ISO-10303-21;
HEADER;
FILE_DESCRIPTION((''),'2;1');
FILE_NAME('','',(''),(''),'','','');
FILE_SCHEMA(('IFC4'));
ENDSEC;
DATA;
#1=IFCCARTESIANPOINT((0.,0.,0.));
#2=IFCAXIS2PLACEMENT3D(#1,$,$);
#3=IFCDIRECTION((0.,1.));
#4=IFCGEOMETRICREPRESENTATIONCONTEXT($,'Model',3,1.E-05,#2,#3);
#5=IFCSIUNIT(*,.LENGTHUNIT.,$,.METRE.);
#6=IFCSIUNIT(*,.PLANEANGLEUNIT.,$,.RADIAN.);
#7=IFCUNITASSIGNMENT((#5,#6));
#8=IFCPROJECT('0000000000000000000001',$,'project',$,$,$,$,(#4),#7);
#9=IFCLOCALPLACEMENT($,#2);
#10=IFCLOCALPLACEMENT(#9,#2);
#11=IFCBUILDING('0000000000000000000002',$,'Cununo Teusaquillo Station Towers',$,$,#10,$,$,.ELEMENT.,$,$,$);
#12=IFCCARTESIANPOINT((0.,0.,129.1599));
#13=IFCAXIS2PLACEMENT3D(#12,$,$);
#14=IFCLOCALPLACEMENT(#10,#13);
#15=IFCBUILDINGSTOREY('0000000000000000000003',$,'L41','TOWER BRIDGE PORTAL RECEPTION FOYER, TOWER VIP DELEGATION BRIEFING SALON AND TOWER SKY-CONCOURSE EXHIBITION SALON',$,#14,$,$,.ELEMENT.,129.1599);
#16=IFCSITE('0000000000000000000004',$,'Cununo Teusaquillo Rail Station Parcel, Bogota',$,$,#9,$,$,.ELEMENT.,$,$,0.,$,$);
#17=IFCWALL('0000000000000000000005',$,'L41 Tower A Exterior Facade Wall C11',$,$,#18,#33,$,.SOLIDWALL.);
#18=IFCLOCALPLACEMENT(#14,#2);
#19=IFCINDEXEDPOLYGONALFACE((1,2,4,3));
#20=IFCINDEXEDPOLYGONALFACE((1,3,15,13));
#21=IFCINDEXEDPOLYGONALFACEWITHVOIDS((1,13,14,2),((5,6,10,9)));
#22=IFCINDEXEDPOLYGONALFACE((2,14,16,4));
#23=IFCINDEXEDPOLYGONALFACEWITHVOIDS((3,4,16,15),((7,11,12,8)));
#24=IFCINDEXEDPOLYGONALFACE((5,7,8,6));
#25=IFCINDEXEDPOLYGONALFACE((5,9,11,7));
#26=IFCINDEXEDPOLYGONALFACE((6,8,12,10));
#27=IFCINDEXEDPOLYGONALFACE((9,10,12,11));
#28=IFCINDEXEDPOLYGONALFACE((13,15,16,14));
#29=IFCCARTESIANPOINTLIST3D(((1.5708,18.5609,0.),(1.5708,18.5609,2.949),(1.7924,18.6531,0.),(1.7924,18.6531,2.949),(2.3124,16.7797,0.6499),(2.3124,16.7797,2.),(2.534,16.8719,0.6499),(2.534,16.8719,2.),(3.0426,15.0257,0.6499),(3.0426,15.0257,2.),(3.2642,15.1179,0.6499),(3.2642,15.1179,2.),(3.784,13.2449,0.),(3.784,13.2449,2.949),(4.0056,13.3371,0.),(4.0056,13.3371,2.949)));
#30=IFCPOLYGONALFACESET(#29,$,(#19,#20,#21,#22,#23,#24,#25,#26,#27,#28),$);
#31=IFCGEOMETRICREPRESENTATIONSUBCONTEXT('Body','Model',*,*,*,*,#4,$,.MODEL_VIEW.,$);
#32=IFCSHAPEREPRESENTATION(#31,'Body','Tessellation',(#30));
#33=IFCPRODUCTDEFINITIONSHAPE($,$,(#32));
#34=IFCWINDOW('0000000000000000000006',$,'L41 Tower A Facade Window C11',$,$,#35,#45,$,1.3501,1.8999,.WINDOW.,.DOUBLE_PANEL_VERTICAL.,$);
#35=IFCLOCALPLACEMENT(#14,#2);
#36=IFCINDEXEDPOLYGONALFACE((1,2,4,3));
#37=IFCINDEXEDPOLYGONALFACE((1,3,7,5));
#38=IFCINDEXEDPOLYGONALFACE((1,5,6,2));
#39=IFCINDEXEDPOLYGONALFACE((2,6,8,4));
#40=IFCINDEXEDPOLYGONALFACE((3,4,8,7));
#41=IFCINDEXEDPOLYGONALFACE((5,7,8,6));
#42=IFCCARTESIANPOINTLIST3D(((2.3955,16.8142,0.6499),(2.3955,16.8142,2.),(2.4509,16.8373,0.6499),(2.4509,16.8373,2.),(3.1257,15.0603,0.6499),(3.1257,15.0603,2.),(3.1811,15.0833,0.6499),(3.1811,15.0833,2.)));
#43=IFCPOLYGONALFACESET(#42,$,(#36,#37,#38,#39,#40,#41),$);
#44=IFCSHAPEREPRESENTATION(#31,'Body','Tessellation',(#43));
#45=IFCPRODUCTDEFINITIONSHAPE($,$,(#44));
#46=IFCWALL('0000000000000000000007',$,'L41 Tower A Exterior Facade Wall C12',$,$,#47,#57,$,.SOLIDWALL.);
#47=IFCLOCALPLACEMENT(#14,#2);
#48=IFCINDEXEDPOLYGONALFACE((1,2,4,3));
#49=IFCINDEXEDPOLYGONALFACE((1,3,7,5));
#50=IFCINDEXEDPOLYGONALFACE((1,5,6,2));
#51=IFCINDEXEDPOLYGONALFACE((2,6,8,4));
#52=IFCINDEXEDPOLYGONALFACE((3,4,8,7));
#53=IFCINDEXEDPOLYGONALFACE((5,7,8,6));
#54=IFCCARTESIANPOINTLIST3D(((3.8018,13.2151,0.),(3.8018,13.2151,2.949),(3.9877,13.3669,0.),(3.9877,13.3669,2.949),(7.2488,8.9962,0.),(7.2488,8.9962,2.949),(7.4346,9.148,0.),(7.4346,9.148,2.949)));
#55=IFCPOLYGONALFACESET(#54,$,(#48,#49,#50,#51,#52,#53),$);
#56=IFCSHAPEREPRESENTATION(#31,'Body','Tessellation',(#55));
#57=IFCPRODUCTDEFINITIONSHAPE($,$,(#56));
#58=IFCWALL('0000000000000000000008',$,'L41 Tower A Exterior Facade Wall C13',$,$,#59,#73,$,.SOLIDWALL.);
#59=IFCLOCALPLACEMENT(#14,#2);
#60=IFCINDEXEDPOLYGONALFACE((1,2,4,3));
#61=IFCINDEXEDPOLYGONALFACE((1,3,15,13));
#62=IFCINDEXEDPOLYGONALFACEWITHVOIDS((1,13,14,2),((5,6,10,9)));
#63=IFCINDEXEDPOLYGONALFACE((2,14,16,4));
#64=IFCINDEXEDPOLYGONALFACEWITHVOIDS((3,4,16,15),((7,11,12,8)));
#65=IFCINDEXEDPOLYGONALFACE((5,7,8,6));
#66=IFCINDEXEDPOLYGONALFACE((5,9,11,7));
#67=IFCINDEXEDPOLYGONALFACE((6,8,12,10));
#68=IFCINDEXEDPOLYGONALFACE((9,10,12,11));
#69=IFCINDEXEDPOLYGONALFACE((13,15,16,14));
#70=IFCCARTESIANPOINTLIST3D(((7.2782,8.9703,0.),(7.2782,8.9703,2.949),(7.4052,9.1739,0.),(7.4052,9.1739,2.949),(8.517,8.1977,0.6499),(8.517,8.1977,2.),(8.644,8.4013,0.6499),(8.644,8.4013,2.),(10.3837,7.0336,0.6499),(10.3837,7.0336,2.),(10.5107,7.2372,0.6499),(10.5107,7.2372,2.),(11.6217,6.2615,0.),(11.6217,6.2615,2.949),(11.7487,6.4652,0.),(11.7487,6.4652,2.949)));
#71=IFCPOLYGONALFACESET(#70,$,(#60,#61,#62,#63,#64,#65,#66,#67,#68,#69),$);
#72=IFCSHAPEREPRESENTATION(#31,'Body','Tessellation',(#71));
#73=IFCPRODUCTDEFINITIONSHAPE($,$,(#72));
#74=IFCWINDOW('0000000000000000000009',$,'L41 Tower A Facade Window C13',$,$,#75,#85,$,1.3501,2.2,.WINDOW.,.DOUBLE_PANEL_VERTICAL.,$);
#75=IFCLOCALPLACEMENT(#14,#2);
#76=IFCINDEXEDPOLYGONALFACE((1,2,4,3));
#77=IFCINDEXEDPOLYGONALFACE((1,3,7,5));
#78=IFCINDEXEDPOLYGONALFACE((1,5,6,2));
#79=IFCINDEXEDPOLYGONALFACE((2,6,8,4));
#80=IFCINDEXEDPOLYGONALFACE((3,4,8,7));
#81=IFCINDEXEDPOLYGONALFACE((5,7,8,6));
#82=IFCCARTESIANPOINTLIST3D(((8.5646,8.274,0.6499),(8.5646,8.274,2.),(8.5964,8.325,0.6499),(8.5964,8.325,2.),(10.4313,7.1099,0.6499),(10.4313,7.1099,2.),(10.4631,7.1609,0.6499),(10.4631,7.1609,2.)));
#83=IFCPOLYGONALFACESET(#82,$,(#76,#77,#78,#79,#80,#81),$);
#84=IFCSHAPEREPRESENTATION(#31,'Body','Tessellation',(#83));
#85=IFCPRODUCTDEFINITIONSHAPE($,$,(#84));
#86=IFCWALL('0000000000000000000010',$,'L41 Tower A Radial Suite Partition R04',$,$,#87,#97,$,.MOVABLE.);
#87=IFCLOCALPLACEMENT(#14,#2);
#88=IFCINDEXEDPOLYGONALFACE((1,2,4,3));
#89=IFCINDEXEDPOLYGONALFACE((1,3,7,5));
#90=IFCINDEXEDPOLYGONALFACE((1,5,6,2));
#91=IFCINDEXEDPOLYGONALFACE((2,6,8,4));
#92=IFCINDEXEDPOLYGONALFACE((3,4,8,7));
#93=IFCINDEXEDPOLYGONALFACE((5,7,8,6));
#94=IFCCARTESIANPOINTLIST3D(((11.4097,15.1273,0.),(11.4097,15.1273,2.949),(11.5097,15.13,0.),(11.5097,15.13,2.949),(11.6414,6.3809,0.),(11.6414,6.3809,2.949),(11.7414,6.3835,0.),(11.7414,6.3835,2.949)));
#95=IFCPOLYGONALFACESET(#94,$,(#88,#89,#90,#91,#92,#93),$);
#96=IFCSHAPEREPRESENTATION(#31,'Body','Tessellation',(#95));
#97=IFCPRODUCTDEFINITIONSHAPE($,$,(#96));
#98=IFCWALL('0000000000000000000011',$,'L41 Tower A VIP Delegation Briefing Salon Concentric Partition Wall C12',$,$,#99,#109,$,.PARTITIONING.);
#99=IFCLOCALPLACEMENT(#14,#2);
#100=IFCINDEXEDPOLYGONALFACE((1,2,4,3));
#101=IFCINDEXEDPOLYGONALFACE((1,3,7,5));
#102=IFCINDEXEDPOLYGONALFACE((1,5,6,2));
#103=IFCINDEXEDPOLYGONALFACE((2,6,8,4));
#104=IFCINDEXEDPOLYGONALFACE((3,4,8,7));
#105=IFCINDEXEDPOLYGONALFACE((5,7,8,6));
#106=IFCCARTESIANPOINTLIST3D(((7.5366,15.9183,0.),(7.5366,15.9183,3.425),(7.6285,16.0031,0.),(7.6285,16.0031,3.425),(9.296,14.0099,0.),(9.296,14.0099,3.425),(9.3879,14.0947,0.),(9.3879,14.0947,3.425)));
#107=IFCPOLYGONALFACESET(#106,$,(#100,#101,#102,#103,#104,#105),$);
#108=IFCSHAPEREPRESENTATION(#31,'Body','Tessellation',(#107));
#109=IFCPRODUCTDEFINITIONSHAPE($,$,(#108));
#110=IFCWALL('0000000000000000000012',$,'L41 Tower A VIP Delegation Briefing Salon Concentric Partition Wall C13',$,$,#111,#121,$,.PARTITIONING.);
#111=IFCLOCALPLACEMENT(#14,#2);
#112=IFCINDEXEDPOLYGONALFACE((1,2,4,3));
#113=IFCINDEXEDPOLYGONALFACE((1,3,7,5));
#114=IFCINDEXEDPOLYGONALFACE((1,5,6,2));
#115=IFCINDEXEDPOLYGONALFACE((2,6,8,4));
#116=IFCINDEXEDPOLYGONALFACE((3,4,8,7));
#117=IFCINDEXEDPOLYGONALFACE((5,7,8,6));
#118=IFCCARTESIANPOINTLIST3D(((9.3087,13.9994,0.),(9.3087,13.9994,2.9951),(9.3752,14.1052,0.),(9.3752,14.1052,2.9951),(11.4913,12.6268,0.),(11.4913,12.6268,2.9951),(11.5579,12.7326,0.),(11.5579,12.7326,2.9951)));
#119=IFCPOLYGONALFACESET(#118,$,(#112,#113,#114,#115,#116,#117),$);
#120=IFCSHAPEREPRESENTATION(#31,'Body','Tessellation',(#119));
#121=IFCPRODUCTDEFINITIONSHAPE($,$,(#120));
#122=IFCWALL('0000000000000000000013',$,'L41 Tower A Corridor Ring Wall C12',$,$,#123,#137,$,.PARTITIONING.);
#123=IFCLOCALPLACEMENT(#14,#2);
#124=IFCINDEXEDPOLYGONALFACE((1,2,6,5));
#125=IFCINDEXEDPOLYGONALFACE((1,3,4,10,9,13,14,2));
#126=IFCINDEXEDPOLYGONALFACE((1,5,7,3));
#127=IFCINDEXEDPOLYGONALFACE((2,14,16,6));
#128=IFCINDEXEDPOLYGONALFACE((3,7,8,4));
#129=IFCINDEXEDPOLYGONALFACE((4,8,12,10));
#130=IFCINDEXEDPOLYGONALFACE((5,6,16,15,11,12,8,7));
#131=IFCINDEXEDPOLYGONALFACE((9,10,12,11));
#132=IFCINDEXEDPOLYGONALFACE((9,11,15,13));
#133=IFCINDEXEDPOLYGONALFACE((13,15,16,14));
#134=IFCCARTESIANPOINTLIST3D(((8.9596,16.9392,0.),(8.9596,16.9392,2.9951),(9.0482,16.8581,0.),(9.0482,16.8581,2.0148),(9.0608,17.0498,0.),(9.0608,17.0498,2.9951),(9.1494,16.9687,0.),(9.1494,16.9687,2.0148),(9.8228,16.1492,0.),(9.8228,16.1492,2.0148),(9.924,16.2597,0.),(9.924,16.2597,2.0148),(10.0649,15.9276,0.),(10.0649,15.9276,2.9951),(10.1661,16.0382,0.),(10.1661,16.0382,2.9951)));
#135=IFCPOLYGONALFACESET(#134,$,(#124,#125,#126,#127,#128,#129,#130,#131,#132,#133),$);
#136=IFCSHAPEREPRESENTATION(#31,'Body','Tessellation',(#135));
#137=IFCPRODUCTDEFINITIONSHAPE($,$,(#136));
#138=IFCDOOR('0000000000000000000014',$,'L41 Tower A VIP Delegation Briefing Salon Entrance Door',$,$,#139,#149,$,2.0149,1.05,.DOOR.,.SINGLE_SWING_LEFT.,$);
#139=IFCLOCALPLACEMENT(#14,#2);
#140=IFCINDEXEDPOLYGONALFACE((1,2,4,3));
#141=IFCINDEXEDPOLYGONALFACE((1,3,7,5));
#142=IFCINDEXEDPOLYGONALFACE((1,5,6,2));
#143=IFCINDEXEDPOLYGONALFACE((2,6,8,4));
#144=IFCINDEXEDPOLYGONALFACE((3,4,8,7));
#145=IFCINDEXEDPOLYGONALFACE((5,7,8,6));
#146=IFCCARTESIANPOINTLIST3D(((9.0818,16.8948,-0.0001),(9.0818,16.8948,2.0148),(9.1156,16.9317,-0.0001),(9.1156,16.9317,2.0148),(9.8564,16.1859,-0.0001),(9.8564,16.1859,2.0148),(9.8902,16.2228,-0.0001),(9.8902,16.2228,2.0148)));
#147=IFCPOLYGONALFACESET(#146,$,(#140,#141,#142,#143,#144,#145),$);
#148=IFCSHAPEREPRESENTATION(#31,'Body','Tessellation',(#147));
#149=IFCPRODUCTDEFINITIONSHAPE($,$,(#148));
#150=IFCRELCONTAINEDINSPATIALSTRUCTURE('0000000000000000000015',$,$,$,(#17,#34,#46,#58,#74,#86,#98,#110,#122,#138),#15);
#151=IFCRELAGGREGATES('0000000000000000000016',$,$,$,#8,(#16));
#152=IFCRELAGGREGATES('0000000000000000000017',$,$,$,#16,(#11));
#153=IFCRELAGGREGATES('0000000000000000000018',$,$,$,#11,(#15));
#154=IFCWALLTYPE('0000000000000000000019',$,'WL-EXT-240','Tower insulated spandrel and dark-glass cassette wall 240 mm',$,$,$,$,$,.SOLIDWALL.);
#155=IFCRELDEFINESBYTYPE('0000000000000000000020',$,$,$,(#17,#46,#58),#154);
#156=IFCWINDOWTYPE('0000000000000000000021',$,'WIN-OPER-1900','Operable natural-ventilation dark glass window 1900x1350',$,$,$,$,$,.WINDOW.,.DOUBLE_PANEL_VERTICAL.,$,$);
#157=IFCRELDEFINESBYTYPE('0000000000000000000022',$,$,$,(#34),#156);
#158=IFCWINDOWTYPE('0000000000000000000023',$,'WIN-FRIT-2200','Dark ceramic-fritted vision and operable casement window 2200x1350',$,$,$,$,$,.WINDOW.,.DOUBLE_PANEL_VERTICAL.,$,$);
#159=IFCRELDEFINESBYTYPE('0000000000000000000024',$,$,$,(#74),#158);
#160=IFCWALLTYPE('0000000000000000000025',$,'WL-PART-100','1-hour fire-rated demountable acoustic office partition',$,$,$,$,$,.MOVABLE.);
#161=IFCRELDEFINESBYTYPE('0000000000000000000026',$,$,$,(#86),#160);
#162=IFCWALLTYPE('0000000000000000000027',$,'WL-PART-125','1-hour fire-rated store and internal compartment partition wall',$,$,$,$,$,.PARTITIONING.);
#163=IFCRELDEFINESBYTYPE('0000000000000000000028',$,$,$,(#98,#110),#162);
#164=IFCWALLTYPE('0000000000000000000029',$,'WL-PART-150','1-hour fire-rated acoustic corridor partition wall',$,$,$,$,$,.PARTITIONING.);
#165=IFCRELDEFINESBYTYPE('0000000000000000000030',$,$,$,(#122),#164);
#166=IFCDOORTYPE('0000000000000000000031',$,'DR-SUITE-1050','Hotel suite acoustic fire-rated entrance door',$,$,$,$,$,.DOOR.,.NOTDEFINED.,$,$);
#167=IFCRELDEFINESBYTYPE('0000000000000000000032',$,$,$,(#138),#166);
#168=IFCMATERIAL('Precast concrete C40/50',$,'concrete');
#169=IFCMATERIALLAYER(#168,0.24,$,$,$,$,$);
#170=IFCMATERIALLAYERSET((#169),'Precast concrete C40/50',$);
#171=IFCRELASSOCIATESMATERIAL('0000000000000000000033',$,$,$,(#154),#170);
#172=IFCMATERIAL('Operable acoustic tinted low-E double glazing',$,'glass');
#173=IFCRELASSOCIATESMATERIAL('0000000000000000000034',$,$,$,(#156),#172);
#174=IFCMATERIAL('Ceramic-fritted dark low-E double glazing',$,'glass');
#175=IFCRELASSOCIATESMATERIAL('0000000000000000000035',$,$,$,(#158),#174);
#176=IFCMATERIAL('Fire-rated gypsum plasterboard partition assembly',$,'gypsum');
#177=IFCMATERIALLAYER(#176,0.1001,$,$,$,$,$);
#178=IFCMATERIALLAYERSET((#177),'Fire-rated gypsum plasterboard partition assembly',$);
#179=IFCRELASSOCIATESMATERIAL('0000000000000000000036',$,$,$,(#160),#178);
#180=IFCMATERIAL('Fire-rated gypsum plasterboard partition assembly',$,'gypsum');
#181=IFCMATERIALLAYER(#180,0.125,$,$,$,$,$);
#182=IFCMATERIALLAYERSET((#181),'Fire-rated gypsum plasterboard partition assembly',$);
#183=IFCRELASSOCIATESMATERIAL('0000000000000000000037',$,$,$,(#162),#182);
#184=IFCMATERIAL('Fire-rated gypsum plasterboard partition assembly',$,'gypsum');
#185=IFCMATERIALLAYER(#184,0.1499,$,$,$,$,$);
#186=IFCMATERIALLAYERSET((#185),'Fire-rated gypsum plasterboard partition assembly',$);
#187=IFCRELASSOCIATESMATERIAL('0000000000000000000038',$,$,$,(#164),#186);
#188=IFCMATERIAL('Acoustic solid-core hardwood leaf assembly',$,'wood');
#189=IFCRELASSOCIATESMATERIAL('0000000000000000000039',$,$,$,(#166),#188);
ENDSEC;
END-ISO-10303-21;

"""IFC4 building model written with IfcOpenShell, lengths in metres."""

from ifc_helpers import new_model, si_unit, direction, frame, frame_2d, origin, place, context, subcontext, project, spatial, rectangle, extrude, source, transform, mapped, material, layer, layer_set, type_object, element, fill, save


model = new_model("IFC4")

# Units and contexts
model_context = context("Model", 3, precision=1e-05, world=origin(), true_north=direction((0.0, 1.0)))
body_context = subcontext(model_context, "Body", "Model", "MODEL_VIEW")
ifc_project = project(units=[si_unit("LENGTHUNIT", "METRE"), si_unit("PLANEANGLEUNIT", "RADIAN")], contexts=[model_context])

# Site, building, storey
site_placement = place(None, origin())
site = spatial("IfcSite", under=ifc_project, at=site_placement, Name="Cununo Teusaquillo Rail Station Parcel, Bogota", CompositionType="ELEMENT", RefElevation=0.0)
building_placement = place(site_placement, origin())
building = spatial("IfcBuilding", under=site, at=building_placement, Name="Cununo Teusaquillo Station Towers", CompositionType="ELEMENT")
storey_placement = place(building_placement, frame((0.0, 0.0, 129.1599)))
storey = spatial("IfcBuildingStorey", under=building, at=storey_placement, Name="L41", Description="TOWER BRIDGE PORTAL RECEPTION FOYER, TOWER VIP DELEGATION BRIEFING SALON AND TOWER SKY-CONCOURSE EXHIBITION SALON", CompositionType="ELEMENT", Elevation=129.1599)

# Wall, opening, window
ifc_material_1 = material(Name="Precast concrete C40/50", Category="concrete")
ifc_layer_1 = layer(ifc_material_1, 0.24)
ifc_layer_set_1 = layer_set([ifc_layer_1], Name="Precast concrete C40/50")
wall_type_1 = type_object("IfcWallType", Name="WL-EXT-240", Description="Tower insulated spandrel and dark-glass cassette wall 240 mm", PredefinedType="SOLIDWALL", material=ifc_layer_set_1)
wall_1_placement = place(storey_placement, frame((3.8948, 13.291, 0.0), z_axis=(0.0, 0.0, 1.0), x_axis=(-0.384344, 0.92319, 0.0)))
wall_1 = element("IfcWall", 1, at=wall_1_placement, inside=storey, type_object=wall_type_1, Name="L41 Tower A Exterior Facade Wall C11", PredefinedType="SOLIDWALL", context=body_context, shape_type="SweptSolid", body=[
    extrude(rectangle(XDim=5.7583, YDim=0.24, at=frame_2d((2.8792, 0.0))), origin(), (0.0, 0.0, 1.0), 2.949),
])
shared_shape_1 = source(origin(), body_context, "Body", "SweptSolid", [
    extrude(rectangle(XDim=1.8999, YDim=1.3501, at=frame_2d((0.95, 0.675))), frame((0.0, 0.1299, 0.0), z_axis=(0.0, -1.0, 0.0), x_axis=(1.0, 0.0, 0.0)), (0.0, 0.0, 1.0), 0.26),
])
opening_1_placement = place(wall_1_placement, frame((1.929, 0.0, 0.6499)))
opening_1 = element("IfcOpeningElement", 2, at=opening_1_placement, cuts=wall_1, PredefinedType="OPENING", context=body_context, shape_type="MappedRepresentation", body=[
    mapped(shared_shape_1, transform((0.0, 0.0, 0.0), x_axis=(1.0, 0.0, 0.0), y_axis=(0.0, 1.0, 0.0), z_axis=(0.0, 0.0, 1.0), scale=1.0)),
])
ifc_material_2 = material(Name="Operable acoustic tinted low-E double glazing", Category="glass")
window_type_1 = type_object("IfcWindowType", Name="WIN-OPER-1900", Description="Operable natural-ventilation dark glass window 1900x1350", PartitioningType="DOUBLE_PANEL_VERTICAL", PredefinedType="WINDOW", material=ifc_material_2)
shared_shape_2 = source(origin(), body_context, "Body", "SweptSolid", [
    extrude(rectangle(XDim=1.8999, YDim=1.3501, at=frame_2d((0.95, 0.675))), frame((0.0, 0.03, 0.0), z_axis=(0.0, -1.0, 0.0), x_axis=(1.0, 0.0, 0.0)), (0.0, 0.0, 1.0), 0.0601),
])
window_1_placement = place(opening_1_placement, origin())
window_1 = element("IfcWindow", 3, at=window_1_placement, inside=storey, type_object=window_type_1, Name="L41 Tower A Facade Window C11", OverallHeight=1.3501, OverallWidth=1.8999, PartitioningType="DOUBLE_PANEL_VERTICAL", PredefinedType="WINDOW", context=body_context, shape_type="MappedRepresentation", body=[
    mapped(shared_shape_2, transform((0.0, 0.0, 0.0), x_axis=(1.0, 0.0, 0.0), y_axis=(0.0, 1.0, 0.0), z_axis=(0.0, 0.0, 1.0), scale=1.0)),
])
fill(opening_1, window_1)

# Wall
wall_2_placement = place(storey_placement, frame((7.3418, 9.072, 0.0), z_axis=(0.0, 0.0, 1.0), x_axis=(-0.632701, 0.774396, 0.0)))
element("IfcWall", 4, at=wall_2_placement, inside=storey, type_object=wall_type_1, Name="L41 Tower A Exterior Facade Wall C12", PredefinedType="SOLIDWALL", context=body_context, shape_type="SweptSolid", body=[
    extrude(rectangle(XDim=5.448, YDim=0.24, at=frame_2d((2.7241, 0.0))), origin(), (0.0, 0.0, 1.0), 2.949),
])

# Wall, opening, window
wall_3_placement = place(storey_placement, frame((11.6853, 6.3633, 0.0), z_axis=(0.0, 0.0, 1.0), x_axis=(-0.84852, 0.529163, 0.0)))
wall_3 = element("IfcWall", 5, at=wall_3_placement, inside=storey, type_object=wall_type_1, Name="L41 Tower A Exterior Facade Wall C13", PredefinedType="SOLIDWALL", context=body_context, shape_type="SweptSolid", body=[
    extrude(rectangle(XDim=5.1189, YDim=0.24, at=frame_2d((2.5596, 0.0))), origin(), (0.0, 0.0, 1.0), 2.949),
])
shared_shape_3 = source(origin(), body_context, "Body", "SweptSolid", [
    extrude(rectangle(XDim=2.2, YDim=1.3501, at=frame_2d((1.1001, 0.675))), frame((0.0, 0.1299, 0.0), z_axis=(0.0, -1.0, 0.0), x_axis=(1.0, 0.0, 0.0)), (0.0, 0.0, 1.0), 0.26),
])
opening_2_placement = place(wall_3_placement, frame((1.459, 0.0, 0.6499)))
opening_2 = element("IfcOpeningElement", 6, at=opening_2_placement, cuts=wall_3, PredefinedType="OPENING", context=body_context, shape_type="MappedRepresentation", body=[
    mapped(shared_shape_3, transform((0.0, 0.0, 0.0), x_axis=(1.0, 0.0, 0.0), y_axis=(0.0, 1.0, 0.0), z_axis=(0.0, 0.0, 1.0), scale=1.0)),
])
ifc_material_3 = material(Name="Ceramic-fritted dark low-E double glazing", Category="glass")
window_type_2 = type_object("IfcWindowType", Name="WIN-FRIT-2200", Description="Dark ceramic-fritted vision and operable casement window 2200x1350", PartitioningType="DOUBLE_PANEL_VERTICAL", PredefinedType="WINDOW", material=ifc_material_3)
shared_shape_4 = source(origin(), body_context, "Body", "SweptSolid", [
    extrude(rectangle(XDim=2.2, YDim=1.3501, at=frame_2d((1.1001, 0.675))), frame((0.0, 0.03, 0.0), z_axis=(0.0, -1.0, 0.0), x_axis=(1.0, 0.0, 0.0)), (0.0, 0.0, 1.0), 0.0601),
])
window_2_placement = place(opening_2_placement, origin())
window_2 = element("IfcWindow", 7, at=window_2_placement, inside=storey, type_object=window_type_2, Name="L41 Tower A Facade Window C13", OverallHeight=1.3501, OverallWidth=2.2, PartitioningType="DOUBLE_PANEL_VERTICAL", PredefinedType="WINDOW", context=body_context, shape_type="MappedRepresentation", body=[
    mapped(shared_shape_4, transform((0.0, 0.0, 0.0), x_axis=(1.0, 0.0, 0.0), y_axis=(0.0, 1.0, 0.0), z_axis=(0.0, 0.0, 1.0), scale=1.0)),
])
fill(opening_2, window_2)

# Walls
ifc_material_4 = material(Name="Fire-rated gypsum plasterboard partition assembly", Category="gypsum")
ifc_layer_2 = layer(ifc_material_4, 0.1001)
ifc_layer_set_2 = layer_set([ifc_layer_2], Name="Fire-rated gypsum plasterboard partition assembly")
wall_type_2 = type_object("IfcWallType", Name="WL-PART-100", Description="1-hour fire-rated demountable acoustic office partition", PredefinedType="MOVABLE", material=ifc_layer_set_2)
wall_4_placement = place(storey_placement, frame((11.4597, 15.1287, 0.0), z_axis=(0.0, 0.0, 1.0), x_axis=(0.026481, -0.999649, 0.0)))
element("IfcWall", 8, at=wall_4_placement, inside=storey, type_object=wall_type_2, Name="L41 Tower A Radial Suite Partition R04", PredefinedType="MOVABLE", context=body_context, shape_type="SweptSolid", body=[
    extrude(rectangle(XDim=8.7495, YDim=0.1001, at=frame_2d((4.3748, 0.0))), origin(), (0.0, 0.0, 1.0), 2.949),
])
ifc_material_5 = material(Name="Fire-rated gypsum plasterboard partition assembly", Category="gypsum")
ifc_layer_3 = layer(ifc_material_5, 0.125)
ifc_layer_set_3 = layer_set([ifc_layer_3], Name="Fire-rated gypsum plasterboard partition assembly")
wall_type_3 = type_object("IfcWallType", Name="WL-PART-125", Description="1-hour fire-rated store and internal compartment partition wall", PredefinedType="PARTITIONING", material=ifc_layer_set_3)
wall_5_placement = place(storey_placement, frame((7.5825, 15.9607, 0.0), z_axis=(0.0, 0.0, 1.0), x_axis=(0.677839, -0.735211, 0.0)))
element("IfcWall", 9, at=wall_5_placement, inside=storey, type_object=wall_type_3, Name="L41 Tower A VIP Delegation Briefing Salon Concentric Partition Wall C12", PredefinedType="PARTITIONING", context=body_context, shape_type="SweptSolid", body=[
    extrude(rectangle(XDim=2.5957, YDim=0.125, at=frame_2d((1.2979, 0.0))), origin(), (0.0, 0.0, 1.0), 3.425),
])
wall_6_placement = place(storey_placement, frame((9.342, 14.0522, 0.0), z_axis=(0.0, 0.0, 1.0), x_axis=(0.846527, -0.532346, 0.0)))
element("IfcWall", 10, at=wall_6_placement, inside=storey, type_object=wall_type_3, Name="L41 Tower A VIP Delegation Briefing Salon Concentric Partition Wall C13", PredefinedType="PARTITIONING", context=body_context, shape_type="SweptSolid", body=[
    extrude(rectangle(XDim=2.5784, YDim=0.125, at=frame_2d((1.2891, 0.0))), origin(), (0.0, 0.0, 1.0), 2.9951),
])

# Wall, opening, door
ifc_material_6 = material(Name="Fire-rated gypsum plasterboard partition assembly", Category="gypsum")
ifc_layer_4 = layer(ifc_material_6, 0.1499)
ifc_layer_set_4 = layer_set([ifc_layer_4], Name="Fire-rated gypsum plasterboard partition assembly")
wall_type_4 = type_object("IfcWallType", Name="WL-PART-150", Description="1-hour fire-rated acoustic corridor partition wall", PredefinedType="PARTITIONING", material=ifc_layer_set_4)
wall_7_placement = place(storey_placement, frame((9.0103, 16.9944, 0.0), z_axis=(0.0, 0.0, 1.0), x_axis=(0.737702, -0.675127, 0.0)))
wall_7 = element("IfcWall", 11, at=wall_7_placement, inside=storey, type_object=wall_type_4, Name="L41 Tower A Corridor Ring Wall C12", PredefinedType="PARTITIONING", context=body_context, shape_type="SweptSolid", body=[
    extrude(rectangle(XDim=1.4983, YDim=0.1499, at=frame_2d((0.749, 0.0))), origin(), (0.0, 0.0, 1.0), 2.9951),
])
shared_shape_5 = source(origin(), body_context, "Body", "SweptSolid", [
    extrude(rectangle(XDim=1.05, YDim=2.0149, at=frame_2d((0.5249, 1.0073))), frame((0.0, 0.085, 0.0), z_axis=(0.0, -1.0, 0.0), x_axis=(1.0, 0.0, 0.0)), (0.0, 0.0, 1.0), 0.1699),
])
opening_3_placement = place(wall_7_placement, frame((0.1201, 0.0, 0.0)))
opening_3 = element("IfcOpeningElement", 12, at=opening_3_placement, cuts=wall_7, PredefinedType="OPENING", context=body_context, shape_type="MappedRepresentation", body=[
    mapped(shared_shape_5, transform((0.0, 0.0, 0.0), x_axis=(1.0, 0.0, 0.0), y_axis=(0.0, 1.0, 0.0), z_axis=(0.0, 0.0, 1.0), scale=1.0)),
])
ifc_material_7 = material(Name="Acoustic solid-core hardwood leaf assembly", Category="wood")
door_type = type_object("IfcDoorType", Name="DR-SUITE-1050", Description="Hotel suite acoustic fire-rated entrance door", OperationType="NOTDEFINED", PredefinedType="DOOR", material=ifc_material_7)
shared_shape_6 = source(origin(), body_context, "Body", "SweptSolid", [
    extrude(rectangle(XDim=1.05, YDim=2.0149, at=frame_2d((0.5249, 1.0073))), frame((0.0, 0.0249, 0.0), z_axis=(0.0, -1.0, 0.0), x_axis=(1.0, 0.0, 0.0)), (0.0, 0.0, 1.0), 0.05),
])
door_placement = place(opening_3_placement, origin())
door = element("IfcDoor", 13, at=door_placement, inside=storey, type_object=door_type, Name="L41 Tower A VIP Delegation Briefing Salon Entrance Door", OperationType="SINGLE_SWING_LEFT", OverallHeight=2.0149, OverallWidth=1.05, PredefinedType="DOOR", context=body_context, shape_type="MappedRepresentation", body=[
    mapped(shared_shape_6, transform((0.0, 0.0, 0.0), x_axis=(1.0, 0.0, 0.0), y_axis=(0.0, 1.0, 0.0), z_axis=(0.0, 0.0, 1.0), scale=1.0)),
])
fill(opening_3, door)

save(model, "model.ifc")
